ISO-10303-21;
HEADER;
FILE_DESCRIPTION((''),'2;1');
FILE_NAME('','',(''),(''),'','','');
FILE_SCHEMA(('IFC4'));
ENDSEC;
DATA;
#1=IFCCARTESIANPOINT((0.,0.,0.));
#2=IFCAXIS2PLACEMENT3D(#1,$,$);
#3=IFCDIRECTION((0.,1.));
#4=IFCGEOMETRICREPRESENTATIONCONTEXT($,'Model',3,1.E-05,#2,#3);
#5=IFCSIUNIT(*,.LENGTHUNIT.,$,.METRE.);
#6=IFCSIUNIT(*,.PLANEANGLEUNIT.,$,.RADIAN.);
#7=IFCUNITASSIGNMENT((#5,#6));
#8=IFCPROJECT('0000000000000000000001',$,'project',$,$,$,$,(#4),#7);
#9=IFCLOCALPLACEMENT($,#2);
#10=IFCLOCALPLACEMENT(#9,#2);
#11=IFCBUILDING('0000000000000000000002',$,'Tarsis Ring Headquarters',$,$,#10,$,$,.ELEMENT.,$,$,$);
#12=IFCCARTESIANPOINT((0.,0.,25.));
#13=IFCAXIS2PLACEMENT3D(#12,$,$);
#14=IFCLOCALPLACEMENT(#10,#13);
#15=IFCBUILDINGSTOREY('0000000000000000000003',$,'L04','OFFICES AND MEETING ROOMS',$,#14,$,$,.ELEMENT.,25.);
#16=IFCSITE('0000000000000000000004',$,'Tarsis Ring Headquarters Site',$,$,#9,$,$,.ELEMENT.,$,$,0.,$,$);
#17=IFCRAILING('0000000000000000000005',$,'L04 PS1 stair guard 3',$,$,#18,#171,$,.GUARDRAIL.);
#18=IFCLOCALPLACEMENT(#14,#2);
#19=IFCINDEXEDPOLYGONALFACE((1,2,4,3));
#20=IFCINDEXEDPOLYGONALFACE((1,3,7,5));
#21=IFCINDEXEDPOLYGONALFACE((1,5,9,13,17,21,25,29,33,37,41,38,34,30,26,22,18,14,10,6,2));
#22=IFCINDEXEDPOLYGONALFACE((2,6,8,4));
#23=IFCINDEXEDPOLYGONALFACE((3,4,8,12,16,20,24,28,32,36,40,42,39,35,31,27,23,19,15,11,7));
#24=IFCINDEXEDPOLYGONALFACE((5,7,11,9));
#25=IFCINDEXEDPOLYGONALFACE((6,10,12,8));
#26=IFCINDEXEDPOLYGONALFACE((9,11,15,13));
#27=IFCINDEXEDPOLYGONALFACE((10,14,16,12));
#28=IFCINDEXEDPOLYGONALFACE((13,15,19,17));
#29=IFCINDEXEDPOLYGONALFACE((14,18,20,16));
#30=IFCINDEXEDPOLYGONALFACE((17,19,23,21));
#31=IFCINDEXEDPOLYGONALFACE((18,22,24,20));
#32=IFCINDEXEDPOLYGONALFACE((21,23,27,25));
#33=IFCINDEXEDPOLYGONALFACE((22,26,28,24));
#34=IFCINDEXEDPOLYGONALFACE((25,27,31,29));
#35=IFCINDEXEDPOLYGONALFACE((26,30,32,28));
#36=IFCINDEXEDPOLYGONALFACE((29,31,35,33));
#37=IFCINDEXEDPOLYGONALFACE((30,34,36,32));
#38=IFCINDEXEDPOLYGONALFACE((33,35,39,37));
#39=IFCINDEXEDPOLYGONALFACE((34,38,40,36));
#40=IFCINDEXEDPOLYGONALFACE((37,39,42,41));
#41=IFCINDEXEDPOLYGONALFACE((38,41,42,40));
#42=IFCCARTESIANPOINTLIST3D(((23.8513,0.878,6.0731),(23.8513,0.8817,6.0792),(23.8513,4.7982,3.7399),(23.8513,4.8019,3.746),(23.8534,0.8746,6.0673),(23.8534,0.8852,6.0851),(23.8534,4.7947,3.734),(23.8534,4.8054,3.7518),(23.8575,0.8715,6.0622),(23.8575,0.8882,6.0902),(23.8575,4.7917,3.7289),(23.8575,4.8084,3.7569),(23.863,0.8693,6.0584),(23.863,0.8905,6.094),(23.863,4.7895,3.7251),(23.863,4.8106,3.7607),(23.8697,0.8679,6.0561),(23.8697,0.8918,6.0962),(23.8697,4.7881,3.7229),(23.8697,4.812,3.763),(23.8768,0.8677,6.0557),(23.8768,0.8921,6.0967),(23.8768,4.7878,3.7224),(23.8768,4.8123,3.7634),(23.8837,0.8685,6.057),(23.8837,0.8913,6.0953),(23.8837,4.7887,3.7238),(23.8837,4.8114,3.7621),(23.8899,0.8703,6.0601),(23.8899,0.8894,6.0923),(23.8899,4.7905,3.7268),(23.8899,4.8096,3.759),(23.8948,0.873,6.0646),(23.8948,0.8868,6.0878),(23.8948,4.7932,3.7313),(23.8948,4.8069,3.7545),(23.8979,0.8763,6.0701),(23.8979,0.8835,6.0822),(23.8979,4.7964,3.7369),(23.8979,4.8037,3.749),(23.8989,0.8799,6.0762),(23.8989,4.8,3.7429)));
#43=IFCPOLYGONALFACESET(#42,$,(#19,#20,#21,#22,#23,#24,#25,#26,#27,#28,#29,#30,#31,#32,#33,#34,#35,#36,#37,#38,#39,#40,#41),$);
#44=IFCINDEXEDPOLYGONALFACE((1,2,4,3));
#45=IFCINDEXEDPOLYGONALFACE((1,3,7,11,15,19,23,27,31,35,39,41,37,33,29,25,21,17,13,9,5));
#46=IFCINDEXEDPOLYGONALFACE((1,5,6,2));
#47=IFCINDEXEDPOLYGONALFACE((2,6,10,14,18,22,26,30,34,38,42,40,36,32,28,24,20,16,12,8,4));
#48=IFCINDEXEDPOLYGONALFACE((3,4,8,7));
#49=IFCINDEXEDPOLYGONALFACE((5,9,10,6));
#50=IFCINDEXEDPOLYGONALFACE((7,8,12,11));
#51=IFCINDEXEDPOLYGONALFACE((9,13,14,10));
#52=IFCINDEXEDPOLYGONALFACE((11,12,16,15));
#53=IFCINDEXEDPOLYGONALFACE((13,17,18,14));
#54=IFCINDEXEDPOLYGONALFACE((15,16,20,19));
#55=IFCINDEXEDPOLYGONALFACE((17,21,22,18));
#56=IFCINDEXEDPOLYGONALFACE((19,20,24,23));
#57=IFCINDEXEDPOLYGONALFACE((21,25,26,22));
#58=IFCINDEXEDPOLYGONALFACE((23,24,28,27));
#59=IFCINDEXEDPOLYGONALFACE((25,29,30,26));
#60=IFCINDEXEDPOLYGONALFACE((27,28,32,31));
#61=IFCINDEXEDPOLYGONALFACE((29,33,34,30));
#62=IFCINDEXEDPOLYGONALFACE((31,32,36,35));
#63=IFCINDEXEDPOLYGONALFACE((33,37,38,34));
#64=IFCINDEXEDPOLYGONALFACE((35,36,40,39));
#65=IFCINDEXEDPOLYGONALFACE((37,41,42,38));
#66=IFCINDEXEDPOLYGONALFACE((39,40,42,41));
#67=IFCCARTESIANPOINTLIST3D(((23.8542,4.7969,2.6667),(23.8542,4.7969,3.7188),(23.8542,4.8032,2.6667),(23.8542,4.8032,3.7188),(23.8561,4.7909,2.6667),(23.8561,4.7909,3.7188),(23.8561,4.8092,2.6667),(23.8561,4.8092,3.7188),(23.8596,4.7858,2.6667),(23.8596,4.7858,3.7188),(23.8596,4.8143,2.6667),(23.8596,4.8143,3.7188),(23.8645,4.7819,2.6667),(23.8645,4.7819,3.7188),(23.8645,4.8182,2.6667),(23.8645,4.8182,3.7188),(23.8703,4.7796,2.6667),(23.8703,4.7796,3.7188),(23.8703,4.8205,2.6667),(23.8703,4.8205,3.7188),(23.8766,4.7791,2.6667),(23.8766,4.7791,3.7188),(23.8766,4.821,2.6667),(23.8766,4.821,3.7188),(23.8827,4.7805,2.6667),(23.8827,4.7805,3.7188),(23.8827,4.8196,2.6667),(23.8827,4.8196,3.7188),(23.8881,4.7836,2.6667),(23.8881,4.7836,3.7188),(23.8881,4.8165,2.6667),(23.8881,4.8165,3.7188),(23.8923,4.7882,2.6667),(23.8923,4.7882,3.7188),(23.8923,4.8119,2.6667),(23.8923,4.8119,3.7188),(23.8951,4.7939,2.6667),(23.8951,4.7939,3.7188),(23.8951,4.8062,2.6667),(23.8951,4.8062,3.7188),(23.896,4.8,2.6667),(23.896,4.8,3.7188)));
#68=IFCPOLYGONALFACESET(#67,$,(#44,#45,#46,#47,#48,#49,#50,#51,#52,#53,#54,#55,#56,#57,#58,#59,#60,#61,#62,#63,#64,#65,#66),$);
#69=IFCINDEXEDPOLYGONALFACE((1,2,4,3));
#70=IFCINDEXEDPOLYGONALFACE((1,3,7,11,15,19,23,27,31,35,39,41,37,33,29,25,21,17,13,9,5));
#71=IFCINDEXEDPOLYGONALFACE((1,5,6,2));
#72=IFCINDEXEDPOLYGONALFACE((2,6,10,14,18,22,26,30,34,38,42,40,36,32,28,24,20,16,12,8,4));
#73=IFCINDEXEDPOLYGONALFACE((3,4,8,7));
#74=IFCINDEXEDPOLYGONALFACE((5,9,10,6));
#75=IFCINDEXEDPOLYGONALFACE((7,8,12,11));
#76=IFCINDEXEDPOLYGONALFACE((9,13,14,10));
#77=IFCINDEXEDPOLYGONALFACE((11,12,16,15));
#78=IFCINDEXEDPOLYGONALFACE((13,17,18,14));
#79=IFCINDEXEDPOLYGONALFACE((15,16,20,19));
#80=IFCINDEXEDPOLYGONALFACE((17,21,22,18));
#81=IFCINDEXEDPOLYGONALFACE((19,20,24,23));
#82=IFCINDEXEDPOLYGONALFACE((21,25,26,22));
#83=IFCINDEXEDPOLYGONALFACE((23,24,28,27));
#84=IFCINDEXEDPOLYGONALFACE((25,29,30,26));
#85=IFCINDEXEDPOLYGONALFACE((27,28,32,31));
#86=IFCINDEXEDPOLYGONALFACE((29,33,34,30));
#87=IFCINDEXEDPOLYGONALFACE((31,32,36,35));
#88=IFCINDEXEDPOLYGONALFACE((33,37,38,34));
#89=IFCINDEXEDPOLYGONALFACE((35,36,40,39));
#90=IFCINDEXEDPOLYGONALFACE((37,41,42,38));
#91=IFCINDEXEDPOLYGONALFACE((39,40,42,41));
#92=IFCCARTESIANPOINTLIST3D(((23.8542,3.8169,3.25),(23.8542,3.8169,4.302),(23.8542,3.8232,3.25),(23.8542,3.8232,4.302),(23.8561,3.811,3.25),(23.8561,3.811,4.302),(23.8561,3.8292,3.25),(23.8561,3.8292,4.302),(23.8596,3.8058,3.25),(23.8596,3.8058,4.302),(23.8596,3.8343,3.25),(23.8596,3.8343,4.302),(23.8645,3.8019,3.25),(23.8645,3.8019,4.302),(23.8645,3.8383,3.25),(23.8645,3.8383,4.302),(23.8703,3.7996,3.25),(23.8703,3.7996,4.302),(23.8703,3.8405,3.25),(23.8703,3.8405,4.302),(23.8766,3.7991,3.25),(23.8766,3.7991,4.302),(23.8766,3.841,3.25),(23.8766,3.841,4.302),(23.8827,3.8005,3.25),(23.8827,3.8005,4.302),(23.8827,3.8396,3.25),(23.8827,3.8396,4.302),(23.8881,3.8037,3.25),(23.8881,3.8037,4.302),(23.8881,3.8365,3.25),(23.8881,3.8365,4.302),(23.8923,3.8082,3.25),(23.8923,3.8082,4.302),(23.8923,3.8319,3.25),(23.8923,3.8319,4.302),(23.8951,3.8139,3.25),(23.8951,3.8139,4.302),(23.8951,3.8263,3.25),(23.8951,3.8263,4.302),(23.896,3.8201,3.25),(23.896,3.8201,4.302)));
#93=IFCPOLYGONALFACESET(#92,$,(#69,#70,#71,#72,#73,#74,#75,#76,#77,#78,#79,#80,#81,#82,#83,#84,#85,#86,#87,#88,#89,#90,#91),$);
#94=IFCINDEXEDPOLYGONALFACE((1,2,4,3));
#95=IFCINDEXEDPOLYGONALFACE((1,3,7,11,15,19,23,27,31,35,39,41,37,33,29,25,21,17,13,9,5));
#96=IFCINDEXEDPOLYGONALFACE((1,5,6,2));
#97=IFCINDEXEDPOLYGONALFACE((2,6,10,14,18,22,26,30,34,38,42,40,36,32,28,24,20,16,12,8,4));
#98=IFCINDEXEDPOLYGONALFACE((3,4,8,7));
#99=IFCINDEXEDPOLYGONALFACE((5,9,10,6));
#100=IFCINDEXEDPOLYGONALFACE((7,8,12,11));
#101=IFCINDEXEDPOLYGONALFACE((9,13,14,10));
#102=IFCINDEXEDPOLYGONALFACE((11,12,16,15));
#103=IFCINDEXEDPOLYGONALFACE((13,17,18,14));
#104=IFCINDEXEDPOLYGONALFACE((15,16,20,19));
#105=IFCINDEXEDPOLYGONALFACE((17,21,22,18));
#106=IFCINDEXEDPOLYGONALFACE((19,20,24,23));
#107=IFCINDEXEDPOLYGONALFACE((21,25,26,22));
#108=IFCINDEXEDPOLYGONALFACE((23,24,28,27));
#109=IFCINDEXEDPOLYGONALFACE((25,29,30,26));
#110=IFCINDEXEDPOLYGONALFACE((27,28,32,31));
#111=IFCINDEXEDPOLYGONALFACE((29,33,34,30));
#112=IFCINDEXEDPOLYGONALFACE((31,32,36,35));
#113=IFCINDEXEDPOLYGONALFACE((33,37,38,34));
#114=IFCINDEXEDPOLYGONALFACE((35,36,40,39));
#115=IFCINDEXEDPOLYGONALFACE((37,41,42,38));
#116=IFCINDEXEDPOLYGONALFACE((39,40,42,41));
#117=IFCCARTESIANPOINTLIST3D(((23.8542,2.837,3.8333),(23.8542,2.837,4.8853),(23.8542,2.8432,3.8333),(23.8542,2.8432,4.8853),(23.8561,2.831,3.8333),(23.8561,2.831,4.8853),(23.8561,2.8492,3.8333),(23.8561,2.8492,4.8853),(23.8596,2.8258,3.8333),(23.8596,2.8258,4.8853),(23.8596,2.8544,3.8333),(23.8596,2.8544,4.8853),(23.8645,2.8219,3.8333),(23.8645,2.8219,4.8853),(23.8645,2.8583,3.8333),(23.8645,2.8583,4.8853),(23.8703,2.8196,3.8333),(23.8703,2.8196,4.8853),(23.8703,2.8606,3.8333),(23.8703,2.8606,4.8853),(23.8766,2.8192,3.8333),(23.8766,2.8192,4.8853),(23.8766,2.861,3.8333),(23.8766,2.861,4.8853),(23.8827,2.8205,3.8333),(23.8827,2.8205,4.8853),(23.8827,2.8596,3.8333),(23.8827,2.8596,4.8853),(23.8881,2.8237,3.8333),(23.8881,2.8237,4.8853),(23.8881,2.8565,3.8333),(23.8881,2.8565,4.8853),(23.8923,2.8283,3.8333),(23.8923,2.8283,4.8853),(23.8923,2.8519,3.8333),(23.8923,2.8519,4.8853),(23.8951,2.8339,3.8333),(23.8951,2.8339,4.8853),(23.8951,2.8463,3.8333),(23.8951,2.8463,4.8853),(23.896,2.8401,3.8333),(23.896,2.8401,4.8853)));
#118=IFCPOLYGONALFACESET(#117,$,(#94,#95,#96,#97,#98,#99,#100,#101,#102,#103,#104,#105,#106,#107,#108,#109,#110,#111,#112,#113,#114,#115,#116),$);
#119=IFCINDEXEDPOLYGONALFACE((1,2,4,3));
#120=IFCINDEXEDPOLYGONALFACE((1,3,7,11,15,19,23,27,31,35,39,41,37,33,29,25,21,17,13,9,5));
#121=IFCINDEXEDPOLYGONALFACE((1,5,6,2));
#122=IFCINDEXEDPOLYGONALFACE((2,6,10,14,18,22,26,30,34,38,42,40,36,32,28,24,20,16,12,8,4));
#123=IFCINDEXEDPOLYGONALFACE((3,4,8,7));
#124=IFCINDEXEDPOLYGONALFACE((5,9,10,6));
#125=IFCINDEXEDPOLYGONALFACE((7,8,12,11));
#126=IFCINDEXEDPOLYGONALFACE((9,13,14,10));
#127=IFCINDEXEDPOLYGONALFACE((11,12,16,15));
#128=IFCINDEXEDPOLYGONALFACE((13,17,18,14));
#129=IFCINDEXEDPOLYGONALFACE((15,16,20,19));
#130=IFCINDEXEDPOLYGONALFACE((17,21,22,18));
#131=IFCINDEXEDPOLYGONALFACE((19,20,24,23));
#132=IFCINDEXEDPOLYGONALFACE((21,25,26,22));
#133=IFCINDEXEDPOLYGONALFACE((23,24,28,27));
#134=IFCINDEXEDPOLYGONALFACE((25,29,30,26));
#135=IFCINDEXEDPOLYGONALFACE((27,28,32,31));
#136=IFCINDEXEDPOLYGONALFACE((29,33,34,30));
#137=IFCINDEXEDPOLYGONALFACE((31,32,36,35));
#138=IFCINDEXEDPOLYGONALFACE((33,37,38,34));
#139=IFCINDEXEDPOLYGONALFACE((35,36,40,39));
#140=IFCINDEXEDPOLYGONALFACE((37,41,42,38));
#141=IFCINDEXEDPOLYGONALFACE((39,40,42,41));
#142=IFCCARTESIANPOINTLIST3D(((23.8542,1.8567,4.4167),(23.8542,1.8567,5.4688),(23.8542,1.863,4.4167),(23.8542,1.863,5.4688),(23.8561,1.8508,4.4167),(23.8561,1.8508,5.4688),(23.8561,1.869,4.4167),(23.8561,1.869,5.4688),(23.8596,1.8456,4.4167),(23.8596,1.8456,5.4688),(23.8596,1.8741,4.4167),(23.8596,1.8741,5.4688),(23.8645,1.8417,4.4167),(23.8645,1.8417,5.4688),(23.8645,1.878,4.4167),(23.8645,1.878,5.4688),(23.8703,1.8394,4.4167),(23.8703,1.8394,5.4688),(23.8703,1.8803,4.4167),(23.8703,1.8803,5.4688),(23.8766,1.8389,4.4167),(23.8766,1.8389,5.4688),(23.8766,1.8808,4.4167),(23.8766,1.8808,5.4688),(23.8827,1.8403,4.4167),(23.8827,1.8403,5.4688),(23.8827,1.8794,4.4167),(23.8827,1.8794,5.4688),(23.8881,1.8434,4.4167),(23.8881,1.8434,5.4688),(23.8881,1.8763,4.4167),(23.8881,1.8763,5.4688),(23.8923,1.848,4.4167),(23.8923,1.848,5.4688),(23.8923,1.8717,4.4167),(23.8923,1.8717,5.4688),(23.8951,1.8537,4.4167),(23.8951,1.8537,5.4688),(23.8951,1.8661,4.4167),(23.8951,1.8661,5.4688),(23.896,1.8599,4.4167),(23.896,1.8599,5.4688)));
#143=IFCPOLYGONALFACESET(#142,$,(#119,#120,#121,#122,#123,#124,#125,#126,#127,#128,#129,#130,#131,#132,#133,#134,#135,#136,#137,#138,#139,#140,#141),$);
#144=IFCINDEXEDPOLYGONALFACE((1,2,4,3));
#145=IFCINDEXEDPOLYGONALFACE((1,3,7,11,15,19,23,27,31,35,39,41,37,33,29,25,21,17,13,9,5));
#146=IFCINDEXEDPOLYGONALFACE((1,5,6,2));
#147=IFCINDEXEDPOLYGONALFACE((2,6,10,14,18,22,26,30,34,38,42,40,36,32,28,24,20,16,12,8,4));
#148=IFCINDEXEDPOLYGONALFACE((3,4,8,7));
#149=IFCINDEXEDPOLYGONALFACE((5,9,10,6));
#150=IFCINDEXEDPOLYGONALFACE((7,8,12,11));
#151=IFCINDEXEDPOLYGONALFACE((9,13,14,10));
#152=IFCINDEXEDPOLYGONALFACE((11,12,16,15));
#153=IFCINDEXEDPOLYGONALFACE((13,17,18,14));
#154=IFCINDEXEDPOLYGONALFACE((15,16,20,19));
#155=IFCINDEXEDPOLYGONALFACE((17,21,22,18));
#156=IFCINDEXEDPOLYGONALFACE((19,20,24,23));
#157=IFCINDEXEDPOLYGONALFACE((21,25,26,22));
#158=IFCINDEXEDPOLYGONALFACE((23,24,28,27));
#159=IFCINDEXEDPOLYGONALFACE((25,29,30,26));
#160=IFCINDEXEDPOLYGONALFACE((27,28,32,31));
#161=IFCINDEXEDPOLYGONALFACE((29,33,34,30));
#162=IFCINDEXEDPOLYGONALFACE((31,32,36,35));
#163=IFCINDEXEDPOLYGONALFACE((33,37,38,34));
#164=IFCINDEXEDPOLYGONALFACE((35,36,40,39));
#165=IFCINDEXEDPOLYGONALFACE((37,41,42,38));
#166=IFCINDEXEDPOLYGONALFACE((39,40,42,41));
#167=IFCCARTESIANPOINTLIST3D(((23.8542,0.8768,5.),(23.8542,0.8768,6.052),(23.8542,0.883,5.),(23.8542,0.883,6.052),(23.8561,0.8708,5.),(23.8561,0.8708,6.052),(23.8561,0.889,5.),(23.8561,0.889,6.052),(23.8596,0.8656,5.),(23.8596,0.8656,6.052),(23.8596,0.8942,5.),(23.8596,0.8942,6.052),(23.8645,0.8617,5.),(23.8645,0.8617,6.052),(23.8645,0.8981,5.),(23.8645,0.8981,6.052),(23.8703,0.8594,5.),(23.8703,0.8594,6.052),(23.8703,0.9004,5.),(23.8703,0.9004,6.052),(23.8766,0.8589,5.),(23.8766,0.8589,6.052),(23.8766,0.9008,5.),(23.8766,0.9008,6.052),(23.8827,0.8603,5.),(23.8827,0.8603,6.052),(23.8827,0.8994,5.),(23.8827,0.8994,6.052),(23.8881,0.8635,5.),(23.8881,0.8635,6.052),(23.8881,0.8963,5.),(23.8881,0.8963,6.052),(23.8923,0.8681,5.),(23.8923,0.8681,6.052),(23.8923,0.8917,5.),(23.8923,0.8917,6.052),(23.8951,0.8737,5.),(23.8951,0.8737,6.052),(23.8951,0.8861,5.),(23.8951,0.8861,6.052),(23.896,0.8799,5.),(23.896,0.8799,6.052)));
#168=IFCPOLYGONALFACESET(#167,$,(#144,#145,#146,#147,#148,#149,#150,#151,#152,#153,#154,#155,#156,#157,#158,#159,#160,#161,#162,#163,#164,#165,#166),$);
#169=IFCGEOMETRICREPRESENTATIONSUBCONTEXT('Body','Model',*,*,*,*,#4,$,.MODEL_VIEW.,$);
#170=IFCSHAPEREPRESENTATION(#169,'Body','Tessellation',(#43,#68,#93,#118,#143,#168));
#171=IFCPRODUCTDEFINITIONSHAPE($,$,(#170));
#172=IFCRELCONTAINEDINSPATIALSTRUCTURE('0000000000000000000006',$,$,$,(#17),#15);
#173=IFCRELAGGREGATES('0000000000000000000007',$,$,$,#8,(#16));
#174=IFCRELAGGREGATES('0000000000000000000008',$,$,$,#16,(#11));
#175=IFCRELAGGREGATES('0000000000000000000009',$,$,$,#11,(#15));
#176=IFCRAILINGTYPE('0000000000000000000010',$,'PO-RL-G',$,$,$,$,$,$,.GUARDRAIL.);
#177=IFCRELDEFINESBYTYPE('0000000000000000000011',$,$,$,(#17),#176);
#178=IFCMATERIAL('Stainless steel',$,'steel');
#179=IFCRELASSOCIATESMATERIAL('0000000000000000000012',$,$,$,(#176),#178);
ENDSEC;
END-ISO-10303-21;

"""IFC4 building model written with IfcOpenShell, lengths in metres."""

from ifc_helpers import new_model, si_unit, direction, frame, origin, origin_2d, place, context, subcontext, project, spatial, circle, extrude, material, type_object, element, save


model = new_model("IFC4")

# Units and contexts
model_context = context("Model", 3, precision=1e-05, world=origin(), true_north=direction((0.0, 1.0)))
body_context = subcontext(model_context, "Body", "Model", "MODEL_VIEW")
ifc_project = project(units=[si_unit("LENGTHUNIT", "METRE"), si_unit("PLANEANGLEUNIT", "RADIAN")], contexts=[model_context])

# Site, building, storey
site_placement = place(None, origin())
site = spatial("IfcSite", under=ifc_project, at=site_placement, Name="Tarsis Ring Headquarters Site", CompositionType="ELEMENT", RefElevation=0.0)
building_placement = place(site_placement, origin())
building = spatial("IfcBuilding", under=site, at=building_placement, Name="Tarsis Ring Headquarters", CompositionType="ELEMENT")
storey_placement = place(building_placement, frame((0.0, 0.0, 25.0)))
storey = spatial("IfcBuildingStorey", under=building, at=storey_placement, Name="L04", Description="OFFICES AND MEETING ROOMS", CompositionType="ELEMENT", Elevation=25.0)

# Railing
ifc_material_1 = material(Name="Stainless steel", Category="steel")
railing_type_1 = type_object("IfcRailingType", Name="PO-RL-G", PredefinedType="GUARDRAIL", material=ifc_material_1)
railing_1_placement = place(storey_placement, frame((23.875, 4.8, 2.6667)))
element("IfcRailing", 1, at=railing_1_placement, inside=storey, type_object=railing_type_1, Name="L04 PS1 stair guard 3", PredefinedType="GUARDRAIL", context=body_context, shape_type="SweptSolid", body=[
    extrude(circle(Radius=0.0239, at=origin_2d()), frame((0.0, 0.0, 1.0762), z_axis=(0.0, -0.85931, 0.511455), x_axis=(1.0, 0.0, 0.0)), (0.0, 0.0, 1.0), 4.562),
    extrude(circle(Radius=0.021, at=origin_2d()), origin(), (0.0, 0.0, 1.0), 1.052),
    extrude(circle(Radius=0.021, at=origin_2d()), frame((0.0, -0.98, 0.5833)), (0.0, 0.0, 1.0), 1.052),
    extrude(circle(Radius=0.021, at=origin_2d()), frame((0.0, -1.96, 1.1665)), (0.0, 0.0, 1.0), 1.052),
    extrude(circle(Radius=0.021, at=origin_2d()), frame((0.0, -2.9402, 1.75)), (0.0, 0.0, 1.0), 1.052),
    extrude(circle(Radius=0.021, at=origin_2d()), frame((0.0, -3.9202, 2.3333)), (0.0, 0.0, 1.0), 1.052),
])

save(model, "model.ifc")
